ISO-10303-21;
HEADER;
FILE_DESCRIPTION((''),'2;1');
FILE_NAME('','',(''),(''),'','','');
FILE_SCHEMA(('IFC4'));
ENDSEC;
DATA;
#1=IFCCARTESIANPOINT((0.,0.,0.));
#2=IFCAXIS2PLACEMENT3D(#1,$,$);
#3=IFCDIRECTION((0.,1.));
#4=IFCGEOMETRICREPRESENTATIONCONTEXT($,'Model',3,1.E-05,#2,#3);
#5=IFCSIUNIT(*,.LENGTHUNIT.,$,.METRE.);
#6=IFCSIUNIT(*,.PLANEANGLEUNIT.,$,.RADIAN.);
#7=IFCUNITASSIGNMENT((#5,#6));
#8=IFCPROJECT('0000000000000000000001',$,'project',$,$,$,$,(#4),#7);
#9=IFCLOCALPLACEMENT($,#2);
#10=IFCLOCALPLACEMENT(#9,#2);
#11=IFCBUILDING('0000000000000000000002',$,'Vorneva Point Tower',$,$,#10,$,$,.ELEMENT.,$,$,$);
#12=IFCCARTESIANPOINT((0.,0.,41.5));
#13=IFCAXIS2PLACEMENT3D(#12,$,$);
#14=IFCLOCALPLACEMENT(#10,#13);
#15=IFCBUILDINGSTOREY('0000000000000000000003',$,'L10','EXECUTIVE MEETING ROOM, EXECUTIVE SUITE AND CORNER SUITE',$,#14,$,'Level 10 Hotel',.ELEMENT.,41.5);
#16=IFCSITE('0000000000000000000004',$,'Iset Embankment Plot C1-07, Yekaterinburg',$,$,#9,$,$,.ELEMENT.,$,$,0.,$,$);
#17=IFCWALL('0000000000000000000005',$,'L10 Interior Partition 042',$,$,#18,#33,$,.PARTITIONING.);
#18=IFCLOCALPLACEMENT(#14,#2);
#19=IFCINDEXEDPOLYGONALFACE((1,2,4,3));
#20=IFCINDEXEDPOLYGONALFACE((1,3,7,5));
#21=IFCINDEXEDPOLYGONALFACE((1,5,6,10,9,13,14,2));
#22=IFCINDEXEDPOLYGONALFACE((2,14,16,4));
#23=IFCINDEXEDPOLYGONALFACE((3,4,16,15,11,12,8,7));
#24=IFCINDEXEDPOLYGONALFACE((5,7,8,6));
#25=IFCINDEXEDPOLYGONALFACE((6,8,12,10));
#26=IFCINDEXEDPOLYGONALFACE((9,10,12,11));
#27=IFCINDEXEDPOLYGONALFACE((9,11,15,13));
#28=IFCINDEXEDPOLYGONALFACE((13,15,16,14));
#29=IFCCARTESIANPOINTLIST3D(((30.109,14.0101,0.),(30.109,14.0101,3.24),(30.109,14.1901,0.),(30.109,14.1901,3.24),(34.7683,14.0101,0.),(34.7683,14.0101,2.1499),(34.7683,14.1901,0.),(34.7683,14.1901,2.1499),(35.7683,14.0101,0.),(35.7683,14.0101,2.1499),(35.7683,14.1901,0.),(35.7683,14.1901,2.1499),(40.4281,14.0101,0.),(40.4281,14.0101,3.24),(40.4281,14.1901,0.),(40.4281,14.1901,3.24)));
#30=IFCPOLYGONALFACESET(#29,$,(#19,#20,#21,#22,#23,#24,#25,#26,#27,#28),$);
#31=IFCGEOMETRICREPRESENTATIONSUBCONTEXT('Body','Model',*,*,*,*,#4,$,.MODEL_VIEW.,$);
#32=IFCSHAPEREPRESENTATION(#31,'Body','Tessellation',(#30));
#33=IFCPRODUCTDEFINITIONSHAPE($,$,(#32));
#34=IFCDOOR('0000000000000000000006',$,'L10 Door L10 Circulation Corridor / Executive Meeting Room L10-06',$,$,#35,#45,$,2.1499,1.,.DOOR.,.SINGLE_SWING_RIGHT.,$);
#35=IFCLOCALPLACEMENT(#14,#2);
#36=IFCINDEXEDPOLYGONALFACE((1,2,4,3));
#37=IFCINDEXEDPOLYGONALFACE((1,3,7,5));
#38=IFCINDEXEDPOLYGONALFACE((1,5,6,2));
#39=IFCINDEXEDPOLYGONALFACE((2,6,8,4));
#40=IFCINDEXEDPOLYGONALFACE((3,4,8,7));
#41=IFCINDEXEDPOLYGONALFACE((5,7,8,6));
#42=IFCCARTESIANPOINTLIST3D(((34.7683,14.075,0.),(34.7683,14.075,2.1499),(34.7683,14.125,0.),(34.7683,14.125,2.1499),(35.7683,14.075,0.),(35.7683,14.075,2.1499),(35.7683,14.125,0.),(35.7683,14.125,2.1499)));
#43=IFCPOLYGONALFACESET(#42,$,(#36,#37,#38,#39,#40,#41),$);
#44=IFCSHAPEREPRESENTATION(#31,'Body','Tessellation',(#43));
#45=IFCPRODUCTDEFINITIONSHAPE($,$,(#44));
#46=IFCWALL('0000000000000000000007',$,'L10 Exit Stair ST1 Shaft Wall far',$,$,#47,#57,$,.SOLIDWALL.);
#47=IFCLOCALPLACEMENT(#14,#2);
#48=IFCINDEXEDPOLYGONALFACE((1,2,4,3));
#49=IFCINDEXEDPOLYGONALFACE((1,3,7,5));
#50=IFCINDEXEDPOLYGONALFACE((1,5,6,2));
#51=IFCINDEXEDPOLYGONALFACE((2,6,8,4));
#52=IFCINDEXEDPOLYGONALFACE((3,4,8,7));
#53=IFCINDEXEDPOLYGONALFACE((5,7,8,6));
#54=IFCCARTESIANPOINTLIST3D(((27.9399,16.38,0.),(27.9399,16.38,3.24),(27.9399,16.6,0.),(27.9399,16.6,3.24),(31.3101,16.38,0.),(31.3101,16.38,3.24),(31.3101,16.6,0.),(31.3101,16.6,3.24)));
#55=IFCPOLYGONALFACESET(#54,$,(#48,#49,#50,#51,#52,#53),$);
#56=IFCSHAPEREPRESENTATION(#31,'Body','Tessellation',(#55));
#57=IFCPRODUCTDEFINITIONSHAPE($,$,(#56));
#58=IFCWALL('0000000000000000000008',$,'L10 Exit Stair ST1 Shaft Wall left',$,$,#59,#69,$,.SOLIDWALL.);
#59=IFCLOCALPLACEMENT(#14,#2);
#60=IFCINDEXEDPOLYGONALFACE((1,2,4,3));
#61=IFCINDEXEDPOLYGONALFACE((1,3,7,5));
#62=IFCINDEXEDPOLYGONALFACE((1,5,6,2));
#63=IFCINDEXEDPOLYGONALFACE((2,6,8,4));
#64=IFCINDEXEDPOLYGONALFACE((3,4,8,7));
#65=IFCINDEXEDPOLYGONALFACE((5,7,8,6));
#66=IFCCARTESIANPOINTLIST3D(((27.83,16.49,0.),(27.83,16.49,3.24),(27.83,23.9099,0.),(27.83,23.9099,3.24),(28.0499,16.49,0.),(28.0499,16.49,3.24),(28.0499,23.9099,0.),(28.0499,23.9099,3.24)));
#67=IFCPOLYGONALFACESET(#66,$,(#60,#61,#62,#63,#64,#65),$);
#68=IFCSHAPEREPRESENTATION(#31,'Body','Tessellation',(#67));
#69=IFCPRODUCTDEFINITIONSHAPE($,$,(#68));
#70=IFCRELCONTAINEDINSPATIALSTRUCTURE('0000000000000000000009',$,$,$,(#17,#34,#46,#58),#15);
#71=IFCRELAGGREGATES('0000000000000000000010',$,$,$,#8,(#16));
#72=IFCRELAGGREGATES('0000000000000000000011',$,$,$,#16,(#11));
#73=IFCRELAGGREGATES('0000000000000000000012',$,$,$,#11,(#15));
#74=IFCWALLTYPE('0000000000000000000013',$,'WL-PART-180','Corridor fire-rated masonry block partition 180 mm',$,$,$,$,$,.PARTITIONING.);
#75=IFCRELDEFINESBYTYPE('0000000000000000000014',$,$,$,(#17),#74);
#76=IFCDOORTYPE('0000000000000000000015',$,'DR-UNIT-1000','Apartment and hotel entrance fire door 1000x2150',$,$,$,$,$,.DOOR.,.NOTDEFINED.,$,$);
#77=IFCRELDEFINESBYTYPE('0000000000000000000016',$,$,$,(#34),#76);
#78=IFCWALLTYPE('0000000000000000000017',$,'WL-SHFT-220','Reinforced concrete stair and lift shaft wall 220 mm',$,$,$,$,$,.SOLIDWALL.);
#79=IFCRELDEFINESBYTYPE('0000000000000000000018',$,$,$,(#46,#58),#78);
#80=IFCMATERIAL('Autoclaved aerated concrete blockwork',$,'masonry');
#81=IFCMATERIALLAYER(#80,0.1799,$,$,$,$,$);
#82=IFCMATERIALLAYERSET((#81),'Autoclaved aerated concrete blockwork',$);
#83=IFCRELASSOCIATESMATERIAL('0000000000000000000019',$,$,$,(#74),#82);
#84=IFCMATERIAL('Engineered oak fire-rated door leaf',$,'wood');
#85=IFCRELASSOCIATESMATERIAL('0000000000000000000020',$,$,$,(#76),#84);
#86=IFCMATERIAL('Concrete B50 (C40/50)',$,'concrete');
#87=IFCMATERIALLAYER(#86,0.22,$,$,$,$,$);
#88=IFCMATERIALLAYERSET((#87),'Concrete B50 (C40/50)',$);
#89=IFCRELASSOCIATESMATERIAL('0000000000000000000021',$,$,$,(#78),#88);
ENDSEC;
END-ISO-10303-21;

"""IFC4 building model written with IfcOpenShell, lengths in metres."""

from ifc_helpers import new_model, si_unit, direction, frame, frame_2d, origin, place, context, subcontext, project, spatial, rectangle, extrude, material, layer, layer_set, type_object, element, fill, save


model = new_model("IFC4")

# Units and contexts
model_context = context("Model", 3, precision=1e-05, world=origin(), true_north=direction((0.0, 1.0)))
body_context = subcontext(model_context, "Body", "Model", "MODEL_VIEW")
ifc_project = project(units=[si_unit("LENGTHUNIT", "METRE"), si_unit("PLANEANGLEUNIT", "RADIAN")], contexts=[model_context])

# Site, building, storey
site_placement = place(None, origin())
site = spatial("IfcSite", under=ifc_project, at=site_placement, Name="Iset Embankment Plot C1-07, Yekaterinburg", CompositionType="ELEMENT", RefElevation=0.0)
building_placement = place(site_placement, origin())
building = spatial("IfcBuilding", under=site, at=building_placement, Name="Vorneva Point Tower", CompositionType="ELEMENT")
storey_placement = place(building_placement, frame((0.0, 0.0, 41.5)))
storey = spatial("IfcBuildingStorey", under=building, at=storey_placement, Name="L10", Description="EXECUTIVE MEETING ROOM, EXECUTIVE SUITE AND CORNER SUITE", LongName="Level 10 Hotel", CompositionType="ELEMENT", Elevation=41.5)

# Wall, opening, door
ifc_material_1 = material(Name="Autoclaved aerated concrete blockwork", Category="masonry")
ifc_layer_1 = layer(ifc_material_1, 0.1799)
ifc_layer_set_1 = layer_set([ifc_layer_1], Name="Autoclaved aerated concrete blockwork")
wall_type_1 = type_object("IfcWallType", Name="WL-PART-180", Description="Corridor fire-rated masonry block partition 180 mm", PredefinedType="PARTITIONING", material=ifc_layer_set_1)
ifc_material_2 = material(Name="Engineered oak fire-rated door leaf", Category="wood")
door_type_1 = type_object("IfcDoorType", Name="DR-UNIT-1000", Description="Apartment and hotel entrance fire door 1000x2150", OperationType="NOTDEFINED", PredefinedType="DOOR", material=ifc_material_2)
wall_1_placement = place(storey_placement, frame((30.1089, 14.1001, 0.0), z_axis=(0.0, 0.0, 1.0), x_axis=(1.0, 0.0, 0.0)))
wall_1 = element("IfcWall", 1, at=wall_1_placement, inside=storey, type_object=wall_type_1, Name="L10 Interior Partition 042", PredefinedType="PARTITIONING", context=body_context, shape_type="SweptSolid", body=[
    extrude(rectangle(XDim=10.3191, YDim=0.1799, at=frame_2d((5.1597, 0.0))), origin(), (0.0, 0.0, 1.0), 3.24),
])
opening_1_placement = place(wall_1_placement, frame((4.6594, 0.0, 0.0)))
opening_1 = element("IfcOpeningElement", 2, at=opening_1_placement, cuts=wall_1, PredefinedType="OPENING", context=body_context, shape_type="SweptSolid", body=[
    extrude(rectangle(XDim=1.0, YDim=2.1499, at=frame_2d((0.5, 1.075))), frame((0.0, 0.105, 0.0), z_axis=(0.0, -1.0, 0.0), x_axis=(1.0, 0.0, 0.0)), (0.0, 0.0, 1.0), 0.2097),
])
door_1_placement = place(opening_1_placement, origin())
door_1 = element("IfcDoor", 3, at=door_1_placement, inside=storey, type_object=door_type_1, Name="L10 Door L10 Circulation Corridor / Executive Meeting Room L10-06", OperationType="SINGLE_SWING_RIGHT", OverallHeight=2.1499, OverallWidth=1.0, PredefinedType="DOOR", context=body_context, shape_type="SweptSolid", body=[
    extrude(rectangle(XDim=1.0, YDim=2.1499, at=frame_2d((0.5, 1.075))), frame((0.0, 0.0249, 0.0), z_axis=(0.0, -1.0, 0.0), x_axis=(1.0, 0.0, 0.0)), (0.0, 0.0, 1.0), 0.05),
])
fill(opening_1, door_1)

# Walls
ifc_material_3 = material(Name="Concrete B50 (C40/50)", Category="concrete")
ifc_layer_2 = layer(ifc_material_3, 0.22)
ifc_layer_set_2 = layer_set([ifc_layer_2], Name="Concrete B50 (C40/50)")
wall_type_2 = type_object("IfcWallType", Name="WL-SHFT-220", Description="Reinforced concrete stair and lift shaft wall 220 mm", PredefinedType="SOLIDWALL", material=ifc_layer_set_2)
wall_2_placement = place(storey_placement, frame((31.3101, 16.49, 0.0), z_axis=(0.0, 0.0, 1.0), x_axis=(-1.0, 0.0, 0.0)))
element("IfcWall", 4, at=wall_2_placement, inside=storey, type_object=wall_type_2, Name="L10 Exit Stair ST1 Shaft Wall far", PredefinedType="SOLIDWALL", context=body_context, shape_type="SweptSolid", body=[
    extrude(rectangle(XDim=3.3701, YDim=0.22, at=frame_2d((1.6851, 0.0))), origin(), (0.0, 0.0, 1.0), 3.24),
])
wall_3_placement = place(storey_placement, frame((27.9399, 16.49, 0.0), z_axis=(0.0, 0.0, 1.0), x_axis=(0.0, 1.0, 0.0)))
element("IfcWall", 5, at=wall_3_placement, inside=storey, type_object=wall_type_2, Name="L10 Exit Stair ST1 Shaft Wall left", PredefinedType="SOLIDWALL", context=body_context, shape_type="SweptSolid", body=[
    extrude(rectangle(XDim=7.4199, YDim=0.22, at=frame_2d((3.71, 0.0))), origin(), (0.0, 0.0, 1.0), 3.24),
])

save(model, "model.ifc")
